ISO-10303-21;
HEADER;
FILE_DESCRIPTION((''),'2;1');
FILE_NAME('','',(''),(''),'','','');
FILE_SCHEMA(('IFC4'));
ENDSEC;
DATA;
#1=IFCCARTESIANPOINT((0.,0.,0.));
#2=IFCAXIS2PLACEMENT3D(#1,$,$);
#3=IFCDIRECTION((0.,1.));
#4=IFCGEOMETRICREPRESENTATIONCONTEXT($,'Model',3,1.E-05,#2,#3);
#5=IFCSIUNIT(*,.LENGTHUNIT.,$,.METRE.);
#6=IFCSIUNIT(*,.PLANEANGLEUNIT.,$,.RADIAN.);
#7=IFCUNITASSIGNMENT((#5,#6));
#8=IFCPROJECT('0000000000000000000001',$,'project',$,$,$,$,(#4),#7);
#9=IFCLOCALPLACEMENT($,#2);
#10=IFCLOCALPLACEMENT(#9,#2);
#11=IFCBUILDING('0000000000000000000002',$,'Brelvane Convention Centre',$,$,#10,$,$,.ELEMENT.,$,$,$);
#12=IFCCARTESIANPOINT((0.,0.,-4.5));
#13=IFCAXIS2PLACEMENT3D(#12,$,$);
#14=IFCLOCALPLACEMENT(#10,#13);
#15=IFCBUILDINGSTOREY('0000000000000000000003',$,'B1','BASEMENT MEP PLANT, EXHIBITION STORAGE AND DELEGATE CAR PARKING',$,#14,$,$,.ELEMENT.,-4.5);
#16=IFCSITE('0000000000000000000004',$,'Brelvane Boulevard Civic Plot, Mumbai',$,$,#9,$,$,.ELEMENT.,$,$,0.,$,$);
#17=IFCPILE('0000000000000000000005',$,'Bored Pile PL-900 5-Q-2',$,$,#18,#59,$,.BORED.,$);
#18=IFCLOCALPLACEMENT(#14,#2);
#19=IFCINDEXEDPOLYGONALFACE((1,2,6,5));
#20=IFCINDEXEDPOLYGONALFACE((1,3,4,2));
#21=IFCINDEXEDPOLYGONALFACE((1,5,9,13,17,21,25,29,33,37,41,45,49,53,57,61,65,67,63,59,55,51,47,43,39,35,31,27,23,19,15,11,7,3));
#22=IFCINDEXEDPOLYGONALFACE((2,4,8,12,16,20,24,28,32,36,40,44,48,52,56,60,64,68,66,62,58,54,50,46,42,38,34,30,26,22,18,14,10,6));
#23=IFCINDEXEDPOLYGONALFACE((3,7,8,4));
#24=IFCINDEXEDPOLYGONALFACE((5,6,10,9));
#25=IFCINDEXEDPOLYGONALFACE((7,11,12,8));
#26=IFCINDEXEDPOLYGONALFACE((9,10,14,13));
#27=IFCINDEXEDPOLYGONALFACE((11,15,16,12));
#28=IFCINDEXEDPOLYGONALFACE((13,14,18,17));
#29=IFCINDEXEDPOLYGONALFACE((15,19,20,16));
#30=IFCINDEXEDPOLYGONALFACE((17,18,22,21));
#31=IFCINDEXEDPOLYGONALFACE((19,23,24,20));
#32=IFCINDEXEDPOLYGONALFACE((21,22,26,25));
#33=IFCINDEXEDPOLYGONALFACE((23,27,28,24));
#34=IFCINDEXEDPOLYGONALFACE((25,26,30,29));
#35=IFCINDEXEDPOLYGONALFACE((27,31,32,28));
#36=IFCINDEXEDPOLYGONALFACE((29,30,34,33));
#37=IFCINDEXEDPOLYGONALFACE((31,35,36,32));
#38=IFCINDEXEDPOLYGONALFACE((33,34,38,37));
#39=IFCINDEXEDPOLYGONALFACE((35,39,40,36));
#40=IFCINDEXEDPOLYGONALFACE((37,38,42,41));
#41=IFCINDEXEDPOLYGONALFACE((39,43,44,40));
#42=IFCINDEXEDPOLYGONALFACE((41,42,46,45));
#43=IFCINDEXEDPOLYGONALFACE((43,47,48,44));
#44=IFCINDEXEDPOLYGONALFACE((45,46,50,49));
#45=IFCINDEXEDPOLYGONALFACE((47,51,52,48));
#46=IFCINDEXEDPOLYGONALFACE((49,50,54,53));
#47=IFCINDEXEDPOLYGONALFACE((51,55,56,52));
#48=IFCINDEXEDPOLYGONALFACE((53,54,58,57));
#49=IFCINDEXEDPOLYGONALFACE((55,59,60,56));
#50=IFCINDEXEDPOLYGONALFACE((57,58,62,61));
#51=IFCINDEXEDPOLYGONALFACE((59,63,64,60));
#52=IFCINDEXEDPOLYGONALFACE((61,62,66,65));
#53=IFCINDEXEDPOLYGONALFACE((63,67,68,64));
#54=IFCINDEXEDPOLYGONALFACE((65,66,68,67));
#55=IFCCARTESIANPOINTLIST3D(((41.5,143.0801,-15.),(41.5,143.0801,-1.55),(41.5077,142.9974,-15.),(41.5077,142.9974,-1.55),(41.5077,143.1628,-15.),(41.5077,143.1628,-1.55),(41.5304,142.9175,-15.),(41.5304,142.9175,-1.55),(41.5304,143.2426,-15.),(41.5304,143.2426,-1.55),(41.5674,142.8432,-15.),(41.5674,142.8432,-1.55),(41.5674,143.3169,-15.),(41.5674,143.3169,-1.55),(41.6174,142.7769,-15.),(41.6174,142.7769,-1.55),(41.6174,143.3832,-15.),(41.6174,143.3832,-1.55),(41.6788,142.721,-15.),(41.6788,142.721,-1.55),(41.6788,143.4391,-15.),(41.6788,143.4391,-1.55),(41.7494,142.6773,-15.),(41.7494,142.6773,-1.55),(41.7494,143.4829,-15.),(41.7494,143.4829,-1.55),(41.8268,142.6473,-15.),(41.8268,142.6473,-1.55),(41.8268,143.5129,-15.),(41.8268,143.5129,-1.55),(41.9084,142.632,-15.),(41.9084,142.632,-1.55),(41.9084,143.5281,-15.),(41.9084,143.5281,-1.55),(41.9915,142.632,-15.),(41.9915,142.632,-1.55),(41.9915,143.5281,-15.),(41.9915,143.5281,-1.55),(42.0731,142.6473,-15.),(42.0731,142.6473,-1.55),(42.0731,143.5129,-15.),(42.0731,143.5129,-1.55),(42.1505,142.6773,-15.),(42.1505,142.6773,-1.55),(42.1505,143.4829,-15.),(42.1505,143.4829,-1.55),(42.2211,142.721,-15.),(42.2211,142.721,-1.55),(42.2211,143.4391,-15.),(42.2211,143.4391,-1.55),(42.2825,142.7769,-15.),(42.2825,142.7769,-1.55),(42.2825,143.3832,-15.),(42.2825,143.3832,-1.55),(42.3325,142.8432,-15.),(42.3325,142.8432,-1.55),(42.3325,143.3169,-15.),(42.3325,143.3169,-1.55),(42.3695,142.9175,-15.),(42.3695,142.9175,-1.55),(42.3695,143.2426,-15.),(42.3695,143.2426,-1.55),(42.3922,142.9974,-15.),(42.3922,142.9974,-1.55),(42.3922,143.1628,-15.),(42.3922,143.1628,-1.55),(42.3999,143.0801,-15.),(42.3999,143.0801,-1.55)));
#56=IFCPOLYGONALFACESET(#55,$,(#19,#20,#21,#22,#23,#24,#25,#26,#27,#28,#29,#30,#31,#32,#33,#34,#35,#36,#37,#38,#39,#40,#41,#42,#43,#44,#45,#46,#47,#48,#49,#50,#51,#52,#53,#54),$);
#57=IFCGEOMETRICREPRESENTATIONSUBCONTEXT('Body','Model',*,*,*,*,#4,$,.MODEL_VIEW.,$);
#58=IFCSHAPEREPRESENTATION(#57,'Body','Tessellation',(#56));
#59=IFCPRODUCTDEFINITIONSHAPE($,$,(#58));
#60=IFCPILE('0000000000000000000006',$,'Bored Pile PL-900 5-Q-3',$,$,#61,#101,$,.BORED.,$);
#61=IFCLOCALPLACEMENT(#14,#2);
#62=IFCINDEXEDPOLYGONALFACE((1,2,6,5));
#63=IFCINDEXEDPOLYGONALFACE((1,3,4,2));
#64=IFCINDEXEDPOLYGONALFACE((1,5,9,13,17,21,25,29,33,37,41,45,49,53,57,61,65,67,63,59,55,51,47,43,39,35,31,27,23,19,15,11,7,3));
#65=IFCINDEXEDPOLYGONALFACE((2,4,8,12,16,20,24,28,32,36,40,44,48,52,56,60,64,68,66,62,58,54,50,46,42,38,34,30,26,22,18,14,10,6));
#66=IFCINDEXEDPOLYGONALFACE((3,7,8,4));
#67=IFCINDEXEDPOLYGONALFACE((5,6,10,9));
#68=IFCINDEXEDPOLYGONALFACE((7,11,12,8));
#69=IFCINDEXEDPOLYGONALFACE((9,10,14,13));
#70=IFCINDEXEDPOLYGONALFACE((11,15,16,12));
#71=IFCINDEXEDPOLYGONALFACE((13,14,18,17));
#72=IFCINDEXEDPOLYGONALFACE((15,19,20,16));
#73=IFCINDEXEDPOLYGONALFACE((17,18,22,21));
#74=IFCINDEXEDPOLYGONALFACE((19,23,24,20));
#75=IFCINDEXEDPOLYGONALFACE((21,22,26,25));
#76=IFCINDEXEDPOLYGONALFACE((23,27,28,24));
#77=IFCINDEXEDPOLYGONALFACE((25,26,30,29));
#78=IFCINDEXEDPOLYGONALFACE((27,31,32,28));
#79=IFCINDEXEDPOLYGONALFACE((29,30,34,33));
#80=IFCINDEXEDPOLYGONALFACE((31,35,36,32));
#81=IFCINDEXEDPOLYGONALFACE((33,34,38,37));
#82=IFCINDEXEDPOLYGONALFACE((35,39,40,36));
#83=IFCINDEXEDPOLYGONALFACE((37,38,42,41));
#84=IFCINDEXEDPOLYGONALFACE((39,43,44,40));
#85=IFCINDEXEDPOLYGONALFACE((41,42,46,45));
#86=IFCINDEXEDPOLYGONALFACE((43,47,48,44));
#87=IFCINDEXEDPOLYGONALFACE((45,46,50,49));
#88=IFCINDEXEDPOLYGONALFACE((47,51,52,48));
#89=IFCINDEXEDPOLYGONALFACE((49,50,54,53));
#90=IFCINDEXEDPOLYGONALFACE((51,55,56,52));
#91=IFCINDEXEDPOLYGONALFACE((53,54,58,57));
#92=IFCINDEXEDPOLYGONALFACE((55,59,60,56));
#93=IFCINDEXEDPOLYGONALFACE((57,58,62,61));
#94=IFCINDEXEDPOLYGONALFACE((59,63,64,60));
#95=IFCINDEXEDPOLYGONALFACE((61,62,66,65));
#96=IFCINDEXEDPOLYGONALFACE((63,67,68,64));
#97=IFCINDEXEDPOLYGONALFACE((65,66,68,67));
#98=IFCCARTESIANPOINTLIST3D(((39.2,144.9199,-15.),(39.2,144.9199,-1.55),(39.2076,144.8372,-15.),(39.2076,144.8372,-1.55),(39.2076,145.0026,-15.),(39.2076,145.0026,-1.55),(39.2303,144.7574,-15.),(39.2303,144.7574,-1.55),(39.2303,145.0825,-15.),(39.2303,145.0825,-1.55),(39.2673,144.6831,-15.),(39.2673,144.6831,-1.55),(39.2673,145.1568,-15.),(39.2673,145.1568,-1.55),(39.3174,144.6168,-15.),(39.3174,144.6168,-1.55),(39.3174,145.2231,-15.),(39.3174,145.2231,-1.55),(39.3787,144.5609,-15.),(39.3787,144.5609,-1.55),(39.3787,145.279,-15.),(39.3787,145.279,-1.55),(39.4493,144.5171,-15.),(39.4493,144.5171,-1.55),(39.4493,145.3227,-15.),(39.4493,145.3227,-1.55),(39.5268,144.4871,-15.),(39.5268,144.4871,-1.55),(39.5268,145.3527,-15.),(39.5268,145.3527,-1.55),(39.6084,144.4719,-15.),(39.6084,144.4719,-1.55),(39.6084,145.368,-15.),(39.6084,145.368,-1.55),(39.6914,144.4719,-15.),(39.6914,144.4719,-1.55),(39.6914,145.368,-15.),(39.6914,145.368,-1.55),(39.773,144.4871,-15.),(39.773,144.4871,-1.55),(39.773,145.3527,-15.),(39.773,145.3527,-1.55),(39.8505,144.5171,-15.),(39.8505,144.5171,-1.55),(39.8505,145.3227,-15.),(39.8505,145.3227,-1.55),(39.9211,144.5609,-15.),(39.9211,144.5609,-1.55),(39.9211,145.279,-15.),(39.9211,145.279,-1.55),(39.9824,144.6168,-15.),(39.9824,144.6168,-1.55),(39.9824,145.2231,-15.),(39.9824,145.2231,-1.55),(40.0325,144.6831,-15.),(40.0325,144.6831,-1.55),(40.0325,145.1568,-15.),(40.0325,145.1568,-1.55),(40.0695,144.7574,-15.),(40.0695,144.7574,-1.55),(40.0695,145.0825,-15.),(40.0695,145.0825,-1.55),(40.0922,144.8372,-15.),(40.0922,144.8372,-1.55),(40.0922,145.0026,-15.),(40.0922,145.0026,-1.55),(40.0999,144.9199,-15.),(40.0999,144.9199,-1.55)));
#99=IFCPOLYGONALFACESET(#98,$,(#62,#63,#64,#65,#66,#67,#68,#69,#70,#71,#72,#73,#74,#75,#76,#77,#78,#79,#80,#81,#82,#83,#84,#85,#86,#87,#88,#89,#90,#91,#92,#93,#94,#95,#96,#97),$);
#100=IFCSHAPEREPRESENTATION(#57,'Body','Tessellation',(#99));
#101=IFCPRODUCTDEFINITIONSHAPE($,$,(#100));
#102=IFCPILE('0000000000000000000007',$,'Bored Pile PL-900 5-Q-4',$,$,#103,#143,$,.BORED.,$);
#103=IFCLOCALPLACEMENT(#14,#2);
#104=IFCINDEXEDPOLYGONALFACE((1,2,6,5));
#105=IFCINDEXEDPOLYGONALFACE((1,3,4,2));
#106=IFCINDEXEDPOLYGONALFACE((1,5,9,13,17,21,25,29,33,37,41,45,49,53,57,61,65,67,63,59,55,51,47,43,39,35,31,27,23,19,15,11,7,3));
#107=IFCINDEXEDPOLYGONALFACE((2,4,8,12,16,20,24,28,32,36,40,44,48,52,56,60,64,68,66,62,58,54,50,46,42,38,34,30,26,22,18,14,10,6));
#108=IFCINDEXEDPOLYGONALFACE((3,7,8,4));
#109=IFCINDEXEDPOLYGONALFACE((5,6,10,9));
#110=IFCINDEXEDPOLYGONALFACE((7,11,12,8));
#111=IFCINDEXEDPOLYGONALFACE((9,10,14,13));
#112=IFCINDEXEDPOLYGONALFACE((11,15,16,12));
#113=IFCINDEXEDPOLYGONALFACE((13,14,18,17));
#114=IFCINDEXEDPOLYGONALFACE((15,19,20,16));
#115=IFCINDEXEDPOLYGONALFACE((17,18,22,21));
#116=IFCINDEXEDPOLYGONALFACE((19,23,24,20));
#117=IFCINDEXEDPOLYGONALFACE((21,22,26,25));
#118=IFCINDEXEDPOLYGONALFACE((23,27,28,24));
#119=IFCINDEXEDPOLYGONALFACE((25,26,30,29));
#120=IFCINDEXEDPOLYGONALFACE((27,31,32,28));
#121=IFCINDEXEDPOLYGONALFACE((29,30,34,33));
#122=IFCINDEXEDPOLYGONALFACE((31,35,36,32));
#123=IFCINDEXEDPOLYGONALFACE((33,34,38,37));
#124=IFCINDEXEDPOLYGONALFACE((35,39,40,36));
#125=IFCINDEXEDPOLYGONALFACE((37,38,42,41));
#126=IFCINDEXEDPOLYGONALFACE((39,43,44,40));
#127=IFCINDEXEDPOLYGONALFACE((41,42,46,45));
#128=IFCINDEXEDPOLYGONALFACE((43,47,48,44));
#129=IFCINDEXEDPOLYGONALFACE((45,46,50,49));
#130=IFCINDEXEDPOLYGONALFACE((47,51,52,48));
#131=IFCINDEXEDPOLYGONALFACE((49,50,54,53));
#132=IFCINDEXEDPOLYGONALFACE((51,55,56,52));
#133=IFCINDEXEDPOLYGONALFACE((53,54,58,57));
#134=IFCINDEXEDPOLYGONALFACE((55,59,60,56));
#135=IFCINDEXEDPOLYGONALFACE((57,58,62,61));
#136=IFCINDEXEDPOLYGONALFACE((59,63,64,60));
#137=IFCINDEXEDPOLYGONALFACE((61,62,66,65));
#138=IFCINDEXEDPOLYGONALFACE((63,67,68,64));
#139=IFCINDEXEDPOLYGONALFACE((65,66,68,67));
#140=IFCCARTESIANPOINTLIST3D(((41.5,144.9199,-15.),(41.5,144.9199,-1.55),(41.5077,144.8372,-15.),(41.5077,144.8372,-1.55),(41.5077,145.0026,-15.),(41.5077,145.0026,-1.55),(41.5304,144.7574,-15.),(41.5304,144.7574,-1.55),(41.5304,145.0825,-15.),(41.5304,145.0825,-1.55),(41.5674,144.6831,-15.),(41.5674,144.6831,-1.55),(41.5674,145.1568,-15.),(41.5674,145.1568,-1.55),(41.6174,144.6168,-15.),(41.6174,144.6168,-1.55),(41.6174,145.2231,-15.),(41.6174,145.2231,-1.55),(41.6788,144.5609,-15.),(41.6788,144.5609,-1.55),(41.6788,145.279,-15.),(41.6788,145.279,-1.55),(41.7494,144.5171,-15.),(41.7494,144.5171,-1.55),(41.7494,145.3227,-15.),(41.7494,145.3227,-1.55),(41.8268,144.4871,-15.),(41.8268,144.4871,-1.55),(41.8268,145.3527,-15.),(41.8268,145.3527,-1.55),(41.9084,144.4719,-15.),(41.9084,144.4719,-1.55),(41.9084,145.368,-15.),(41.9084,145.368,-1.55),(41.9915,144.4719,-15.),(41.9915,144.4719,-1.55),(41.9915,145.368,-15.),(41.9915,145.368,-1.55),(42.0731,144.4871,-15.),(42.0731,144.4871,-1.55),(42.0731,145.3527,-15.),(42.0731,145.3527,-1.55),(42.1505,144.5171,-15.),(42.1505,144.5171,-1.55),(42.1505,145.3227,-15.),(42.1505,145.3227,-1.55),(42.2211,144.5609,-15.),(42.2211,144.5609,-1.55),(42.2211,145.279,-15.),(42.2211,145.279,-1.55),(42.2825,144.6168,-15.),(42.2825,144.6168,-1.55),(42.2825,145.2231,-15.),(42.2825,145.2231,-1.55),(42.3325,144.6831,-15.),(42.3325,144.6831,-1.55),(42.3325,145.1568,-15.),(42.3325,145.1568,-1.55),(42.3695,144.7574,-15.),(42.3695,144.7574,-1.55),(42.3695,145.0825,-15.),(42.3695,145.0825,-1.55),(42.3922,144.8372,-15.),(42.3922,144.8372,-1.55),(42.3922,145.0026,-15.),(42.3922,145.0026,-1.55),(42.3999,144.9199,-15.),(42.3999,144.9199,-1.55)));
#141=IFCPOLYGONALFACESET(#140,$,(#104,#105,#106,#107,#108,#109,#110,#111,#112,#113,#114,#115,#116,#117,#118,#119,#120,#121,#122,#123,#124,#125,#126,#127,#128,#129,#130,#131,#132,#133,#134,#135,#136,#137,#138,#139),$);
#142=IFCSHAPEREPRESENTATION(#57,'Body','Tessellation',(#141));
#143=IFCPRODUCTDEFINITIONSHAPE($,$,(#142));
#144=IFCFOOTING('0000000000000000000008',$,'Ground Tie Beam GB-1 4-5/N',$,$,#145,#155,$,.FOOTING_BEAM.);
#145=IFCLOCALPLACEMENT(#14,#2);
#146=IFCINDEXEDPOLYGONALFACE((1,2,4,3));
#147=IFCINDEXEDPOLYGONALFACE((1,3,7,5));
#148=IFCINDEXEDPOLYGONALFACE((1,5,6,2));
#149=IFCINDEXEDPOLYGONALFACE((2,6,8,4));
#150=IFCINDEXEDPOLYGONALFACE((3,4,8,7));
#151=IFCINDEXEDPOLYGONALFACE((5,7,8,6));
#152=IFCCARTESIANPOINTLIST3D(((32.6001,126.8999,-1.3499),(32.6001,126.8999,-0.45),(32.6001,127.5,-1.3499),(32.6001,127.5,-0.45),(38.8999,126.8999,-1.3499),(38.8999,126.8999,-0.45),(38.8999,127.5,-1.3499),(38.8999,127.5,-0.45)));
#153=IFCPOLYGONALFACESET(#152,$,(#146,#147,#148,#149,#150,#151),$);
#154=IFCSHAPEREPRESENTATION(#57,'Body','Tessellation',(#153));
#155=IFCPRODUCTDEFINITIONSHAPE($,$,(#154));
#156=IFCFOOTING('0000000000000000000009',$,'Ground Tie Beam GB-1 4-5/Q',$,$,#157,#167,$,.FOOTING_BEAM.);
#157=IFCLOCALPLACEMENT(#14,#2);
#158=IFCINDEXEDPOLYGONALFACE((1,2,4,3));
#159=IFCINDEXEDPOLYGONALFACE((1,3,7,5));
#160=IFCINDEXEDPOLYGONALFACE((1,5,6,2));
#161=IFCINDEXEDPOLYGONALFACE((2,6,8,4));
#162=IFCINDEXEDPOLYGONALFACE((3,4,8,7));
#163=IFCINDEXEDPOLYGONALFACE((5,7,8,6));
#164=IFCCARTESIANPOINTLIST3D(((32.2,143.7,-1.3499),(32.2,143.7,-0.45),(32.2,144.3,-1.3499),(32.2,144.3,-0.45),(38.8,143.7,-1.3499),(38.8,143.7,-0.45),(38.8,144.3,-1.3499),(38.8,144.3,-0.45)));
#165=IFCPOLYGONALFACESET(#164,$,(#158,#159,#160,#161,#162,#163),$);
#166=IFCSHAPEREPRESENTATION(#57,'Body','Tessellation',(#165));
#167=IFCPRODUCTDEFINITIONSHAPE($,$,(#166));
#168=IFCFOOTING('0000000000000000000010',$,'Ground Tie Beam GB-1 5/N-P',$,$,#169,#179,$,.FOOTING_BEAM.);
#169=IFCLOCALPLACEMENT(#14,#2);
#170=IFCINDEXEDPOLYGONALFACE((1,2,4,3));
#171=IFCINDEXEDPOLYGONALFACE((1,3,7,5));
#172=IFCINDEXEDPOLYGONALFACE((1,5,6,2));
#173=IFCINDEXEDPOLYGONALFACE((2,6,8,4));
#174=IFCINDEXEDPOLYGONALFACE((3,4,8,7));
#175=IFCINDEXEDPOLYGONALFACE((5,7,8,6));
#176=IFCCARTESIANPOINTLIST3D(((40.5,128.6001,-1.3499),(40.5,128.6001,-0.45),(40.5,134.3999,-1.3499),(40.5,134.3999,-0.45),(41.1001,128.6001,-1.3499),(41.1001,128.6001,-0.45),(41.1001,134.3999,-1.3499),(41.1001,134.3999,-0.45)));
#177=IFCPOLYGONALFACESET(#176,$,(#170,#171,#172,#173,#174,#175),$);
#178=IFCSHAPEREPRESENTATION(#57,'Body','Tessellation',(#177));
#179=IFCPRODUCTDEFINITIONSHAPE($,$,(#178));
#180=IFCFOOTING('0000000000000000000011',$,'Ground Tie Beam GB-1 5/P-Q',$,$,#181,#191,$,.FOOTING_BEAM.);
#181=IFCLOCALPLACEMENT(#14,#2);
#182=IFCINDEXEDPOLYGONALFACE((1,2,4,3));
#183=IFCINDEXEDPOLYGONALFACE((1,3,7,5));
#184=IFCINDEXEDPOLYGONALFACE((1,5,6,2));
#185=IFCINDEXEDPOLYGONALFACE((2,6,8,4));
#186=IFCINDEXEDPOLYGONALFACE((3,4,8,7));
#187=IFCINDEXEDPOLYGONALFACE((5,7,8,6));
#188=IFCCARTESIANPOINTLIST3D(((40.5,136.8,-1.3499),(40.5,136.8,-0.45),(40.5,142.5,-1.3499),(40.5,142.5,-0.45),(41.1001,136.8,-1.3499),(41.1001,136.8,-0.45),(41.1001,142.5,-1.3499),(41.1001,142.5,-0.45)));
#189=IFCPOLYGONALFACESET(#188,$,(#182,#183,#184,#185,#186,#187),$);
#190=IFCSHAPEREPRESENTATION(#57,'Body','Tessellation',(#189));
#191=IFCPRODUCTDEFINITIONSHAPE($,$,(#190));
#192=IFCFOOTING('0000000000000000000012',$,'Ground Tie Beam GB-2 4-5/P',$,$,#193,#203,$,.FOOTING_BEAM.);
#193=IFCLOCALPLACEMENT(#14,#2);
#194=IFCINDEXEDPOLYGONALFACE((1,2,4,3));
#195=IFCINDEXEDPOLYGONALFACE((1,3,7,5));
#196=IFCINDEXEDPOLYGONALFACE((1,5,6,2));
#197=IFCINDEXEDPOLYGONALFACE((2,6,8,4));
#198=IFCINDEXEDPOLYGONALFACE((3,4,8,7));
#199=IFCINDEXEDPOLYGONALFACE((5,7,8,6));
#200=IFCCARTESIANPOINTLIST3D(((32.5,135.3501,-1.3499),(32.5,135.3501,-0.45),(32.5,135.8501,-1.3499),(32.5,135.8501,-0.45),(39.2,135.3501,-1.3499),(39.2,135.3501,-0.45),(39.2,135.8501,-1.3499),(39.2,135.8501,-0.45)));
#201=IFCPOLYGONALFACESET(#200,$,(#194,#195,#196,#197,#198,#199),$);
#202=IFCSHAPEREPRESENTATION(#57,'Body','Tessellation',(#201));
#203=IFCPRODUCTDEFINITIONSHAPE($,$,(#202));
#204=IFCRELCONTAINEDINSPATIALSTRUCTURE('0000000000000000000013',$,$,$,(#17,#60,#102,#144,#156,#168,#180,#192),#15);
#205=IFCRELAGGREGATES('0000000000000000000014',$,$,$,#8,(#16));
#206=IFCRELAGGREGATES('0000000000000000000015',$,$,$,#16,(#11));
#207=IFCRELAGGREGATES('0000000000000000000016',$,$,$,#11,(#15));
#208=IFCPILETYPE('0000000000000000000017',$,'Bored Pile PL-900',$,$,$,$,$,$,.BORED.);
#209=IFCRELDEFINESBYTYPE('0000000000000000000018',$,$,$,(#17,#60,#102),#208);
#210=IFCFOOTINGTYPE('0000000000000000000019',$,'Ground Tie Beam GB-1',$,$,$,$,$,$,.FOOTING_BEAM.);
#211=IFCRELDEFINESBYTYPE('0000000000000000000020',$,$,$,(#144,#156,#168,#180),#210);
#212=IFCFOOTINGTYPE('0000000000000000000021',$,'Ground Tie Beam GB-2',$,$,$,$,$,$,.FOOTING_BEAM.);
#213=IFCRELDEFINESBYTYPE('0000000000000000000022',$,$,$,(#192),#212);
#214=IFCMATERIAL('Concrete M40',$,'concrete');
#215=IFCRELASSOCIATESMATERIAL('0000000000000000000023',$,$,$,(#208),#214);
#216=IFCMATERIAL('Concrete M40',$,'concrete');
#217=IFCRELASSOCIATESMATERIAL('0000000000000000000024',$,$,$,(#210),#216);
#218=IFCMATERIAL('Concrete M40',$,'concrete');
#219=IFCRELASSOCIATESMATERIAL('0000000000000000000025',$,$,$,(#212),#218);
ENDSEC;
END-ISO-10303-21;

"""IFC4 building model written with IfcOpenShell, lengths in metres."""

from ifc_helpers import new_model, si_unit, direction, frame, origin, origin_2d, place, context, subcontext, project, spatial, rectangle, circle, extrude, material, material_profile, profile_set, type_object, element, save


model = new_model("IFC4")

# Units and contexts
model_context = context("Model", 3, precision=1e-05, world=origin(), true_north=direction((0.0, 1.0)))
body_context = subcontext(model_context, "Body", "Model", "MODEL_VIEW")
ifc_project = project(units=[si_unit("LENGTHUNIT", "METRE"), si_unit("PLANEANGLEUNIT", "RADIAN")], contexts=[model_context])

# Site, building, storey
site_placement = place(None, origin())
site = spatial("IfcSite", under=ifc_project, at=site_placement, Name="Brelvane Boulevard Civic Plot, Mumbai", CompositionType="ELEMENT", RefElevation=0.0)
building_placement = place(site_placement, origin())
building = spatial("IfcBuilding", under=site, at=building_placement, Name="Brelvane Convention Centre", CompositionType="ELEMENT")
storey_placement = place(building_placement, frame((0.0, 0.0, -4.5)))
storey = spatial("IfcBuildingStorey", under=building, at=storey_placement, Name="B1", Description="BASEMENT MEP PLANT, EXHIBITION STORAGE AND DELEGATE CAR PARKING", CompositionType="ELEMENT", Elevation=-4.5)

# Piles
ifc_material_1 = material(Name="Concrete M40", Category="concrete")
ifc_material_profile_1 = material_profile(ifc_material_1, circle(Radius=0.45, at=origin_2d()), Name="PILE D900")
ifc_profile_set_1 = profile_set([ifc_material_profile_1], Name="Concrete M40")
pile_type = type_object("IfcPileType", Name="Bored Pile PL-900", PredefinedType="BORED", material=ifc_profile_set_1)
for number, where, z_axis, x_axis, name in (
    (1, (41.95, 143.0801, -1.55), (0.0, 0.0, -1.0), (1.0, 0.0, 0.0), "Bored Pile PL-900 5-Q-2"),
    (2, (39.6499, 144.9199, -1.55), (0.0, 0.0, -1.0), (1.0, 0.0, 0.0), "Bored Pile PL-900 5-Q-3"),
    (3, (41.95, 144.9199, -1.55), (0.0, 0.0, -1.0), (1.0, 0.0, 0.0), "Bored Pile PL-900 5-Q-4"),
):
    element("IfcPile", number, at=place(storey_placement, frame(where, z_axis=z_axis, x_axis=x_axis)), inside=storey, type_object=pile_type, Name=name, PredefinedType="BORED", context=body_context, shape_type="SweptSolid", body=[
        extrude(circle(Radius=0.45, at=origin_2d()), origin(), (0.0, 0.0, 1.0), 13.45),
    ])

# Footings
ifc_material_2 = material(Name="Concrete M40", Category="concrete")
ifc_material_profile_2 = material_profile(ifc_material_2, rectangle(XDim=0.6001, YDim=0.8999, at=origin_2d()), Name="RC 600x900")
ifc_profile_set_2 = profile_set([ifc_material_profile_2], Name="Concrete M40")
footing_type_1 = type_object("IfcFootingType", Name="Ground Tie Beam GB-1", PredefinedType="FOOTING_BEAM", material=ifc_profile_set_2)
footing_1_placement = place(storey_placement, frame((32.6001, 127.2, -0.8999), z_axis=(1.0, 0.0, 0.0), x_axis=(0.0, 1.0, 0.0)))
element("IfcFooting", 4, at=footing_1_placement, inside=storey, type_object=footing_type_1, Name="Ground Tie Beam GB-1 4-5/N", PredefinedType="FOOTING_BEAM", context=body_context, shape_type="SweptSolid", body=[
    extrude(rectangle(XDim=0.6001, YDim=0.8999, at=origin_2d()), origin(), (0.0, 0.0, 1.0), 6.2998),
])
footing_2_placement = place(storey_placement, frame((32.2, 144.0, -0.8999), z_axis=(1.0, 0.0, 0.0), x_axis=(0.0, 1.0, 0.0)))
element("IfcFooting", 5, at=footing_2_placement, inside=storey, type_object=footing_type_1, Name="Ground Tie Beam GB-1 4-5/Q", PredefinedType="FOOTING_BEAM", context=body_context, shape_type="SweptSolid", body=[
    extrude(rectangle(XDim=0.6001, YDim=0.8999, at=origin_2d()), origin(), (0.0, 0.0, 1.0), 6.6001),
])
footing_3_placement = place(storey_placement, frame((40.8, 128.6001, -0.8999), z_axis=(0.0, 1.0, 0.0), x_axis=(-1.0, 0.0, 0.0)))
element("IfcFooting", 6, at=footing_3_placement, inside=storey, type_object=footing_type_1, Name="Ground Tie Beam GB-1 5/N-P", PredefinedType="FOOTING_BEAM", context=body_context, shape_type="SweptSolid", body=[
    extrude(rectangle(XDim=0.6001, YDim=0.8999, at=origin_2d()), origin(), (0.0, 0.0, 1.0), 5.7998),
])
footing_4_placement = place(storey_placement, frame((40.8, 136.8, -0.8999), z_axis=(0.0, 1.0, 0.0), x_axis=(-1.0, 0.0, 0.0)))
element("IfcFooting", 7, at=footing_4_placement, inside=storey, type_object=footing_type_1, Name="Ground Tie Beam GB-1 5/P-Q", PredefinedType="FOOTING_BEAM", context=body_context, shape_type="SweptSolid", body=[
    extrude(rectangle(XDim=0.6001, YDim=0.8999, at=origin_2d()), origin(), (0.0, 0.0, 1.0), 5.7),
])
ifc_material_3 = material(Name="Concrete M40", Category="concrete")
ifc_material_profile_3 = material_profile(ifc_material_3, rectangle(XDim=0.5, YDim=0.8999, at=origin_2d()), Name="RC 500x900")
ifc_profile_set_3 = profile_set([ifc_material_profile_3], Name="Concrete M40")
footing_type_2 = type_object("IfcFootingType", Name="Ground Tie Beam GB-2", PredefinedType="FOOTING_BEAM", material=ifc_profile_set_3)
footing_5_placement = place(storey_placement, frame((32.5, 135.6001, -0.8999), z_axis=(1.0, 0.0, 0.0), x_axis=(0.0, 1.0, 0.0)))
element("IfcFooting", 8, at=footing_5_placement, inside=storey, type_object=footing_type_2, Name="Ground Tie Beam GB-2 4-5/P", PredefinedType="FOOTING_BEAM", context=body_context, shape_type="SweptSolid", body=[
    extrude(rectangle(XDim=0.5, YDim=0.8999, at=origin_2d()), origin(), (0.0, 0.0, 1.0), 6.7),
])

save(model, "model.ifc")
